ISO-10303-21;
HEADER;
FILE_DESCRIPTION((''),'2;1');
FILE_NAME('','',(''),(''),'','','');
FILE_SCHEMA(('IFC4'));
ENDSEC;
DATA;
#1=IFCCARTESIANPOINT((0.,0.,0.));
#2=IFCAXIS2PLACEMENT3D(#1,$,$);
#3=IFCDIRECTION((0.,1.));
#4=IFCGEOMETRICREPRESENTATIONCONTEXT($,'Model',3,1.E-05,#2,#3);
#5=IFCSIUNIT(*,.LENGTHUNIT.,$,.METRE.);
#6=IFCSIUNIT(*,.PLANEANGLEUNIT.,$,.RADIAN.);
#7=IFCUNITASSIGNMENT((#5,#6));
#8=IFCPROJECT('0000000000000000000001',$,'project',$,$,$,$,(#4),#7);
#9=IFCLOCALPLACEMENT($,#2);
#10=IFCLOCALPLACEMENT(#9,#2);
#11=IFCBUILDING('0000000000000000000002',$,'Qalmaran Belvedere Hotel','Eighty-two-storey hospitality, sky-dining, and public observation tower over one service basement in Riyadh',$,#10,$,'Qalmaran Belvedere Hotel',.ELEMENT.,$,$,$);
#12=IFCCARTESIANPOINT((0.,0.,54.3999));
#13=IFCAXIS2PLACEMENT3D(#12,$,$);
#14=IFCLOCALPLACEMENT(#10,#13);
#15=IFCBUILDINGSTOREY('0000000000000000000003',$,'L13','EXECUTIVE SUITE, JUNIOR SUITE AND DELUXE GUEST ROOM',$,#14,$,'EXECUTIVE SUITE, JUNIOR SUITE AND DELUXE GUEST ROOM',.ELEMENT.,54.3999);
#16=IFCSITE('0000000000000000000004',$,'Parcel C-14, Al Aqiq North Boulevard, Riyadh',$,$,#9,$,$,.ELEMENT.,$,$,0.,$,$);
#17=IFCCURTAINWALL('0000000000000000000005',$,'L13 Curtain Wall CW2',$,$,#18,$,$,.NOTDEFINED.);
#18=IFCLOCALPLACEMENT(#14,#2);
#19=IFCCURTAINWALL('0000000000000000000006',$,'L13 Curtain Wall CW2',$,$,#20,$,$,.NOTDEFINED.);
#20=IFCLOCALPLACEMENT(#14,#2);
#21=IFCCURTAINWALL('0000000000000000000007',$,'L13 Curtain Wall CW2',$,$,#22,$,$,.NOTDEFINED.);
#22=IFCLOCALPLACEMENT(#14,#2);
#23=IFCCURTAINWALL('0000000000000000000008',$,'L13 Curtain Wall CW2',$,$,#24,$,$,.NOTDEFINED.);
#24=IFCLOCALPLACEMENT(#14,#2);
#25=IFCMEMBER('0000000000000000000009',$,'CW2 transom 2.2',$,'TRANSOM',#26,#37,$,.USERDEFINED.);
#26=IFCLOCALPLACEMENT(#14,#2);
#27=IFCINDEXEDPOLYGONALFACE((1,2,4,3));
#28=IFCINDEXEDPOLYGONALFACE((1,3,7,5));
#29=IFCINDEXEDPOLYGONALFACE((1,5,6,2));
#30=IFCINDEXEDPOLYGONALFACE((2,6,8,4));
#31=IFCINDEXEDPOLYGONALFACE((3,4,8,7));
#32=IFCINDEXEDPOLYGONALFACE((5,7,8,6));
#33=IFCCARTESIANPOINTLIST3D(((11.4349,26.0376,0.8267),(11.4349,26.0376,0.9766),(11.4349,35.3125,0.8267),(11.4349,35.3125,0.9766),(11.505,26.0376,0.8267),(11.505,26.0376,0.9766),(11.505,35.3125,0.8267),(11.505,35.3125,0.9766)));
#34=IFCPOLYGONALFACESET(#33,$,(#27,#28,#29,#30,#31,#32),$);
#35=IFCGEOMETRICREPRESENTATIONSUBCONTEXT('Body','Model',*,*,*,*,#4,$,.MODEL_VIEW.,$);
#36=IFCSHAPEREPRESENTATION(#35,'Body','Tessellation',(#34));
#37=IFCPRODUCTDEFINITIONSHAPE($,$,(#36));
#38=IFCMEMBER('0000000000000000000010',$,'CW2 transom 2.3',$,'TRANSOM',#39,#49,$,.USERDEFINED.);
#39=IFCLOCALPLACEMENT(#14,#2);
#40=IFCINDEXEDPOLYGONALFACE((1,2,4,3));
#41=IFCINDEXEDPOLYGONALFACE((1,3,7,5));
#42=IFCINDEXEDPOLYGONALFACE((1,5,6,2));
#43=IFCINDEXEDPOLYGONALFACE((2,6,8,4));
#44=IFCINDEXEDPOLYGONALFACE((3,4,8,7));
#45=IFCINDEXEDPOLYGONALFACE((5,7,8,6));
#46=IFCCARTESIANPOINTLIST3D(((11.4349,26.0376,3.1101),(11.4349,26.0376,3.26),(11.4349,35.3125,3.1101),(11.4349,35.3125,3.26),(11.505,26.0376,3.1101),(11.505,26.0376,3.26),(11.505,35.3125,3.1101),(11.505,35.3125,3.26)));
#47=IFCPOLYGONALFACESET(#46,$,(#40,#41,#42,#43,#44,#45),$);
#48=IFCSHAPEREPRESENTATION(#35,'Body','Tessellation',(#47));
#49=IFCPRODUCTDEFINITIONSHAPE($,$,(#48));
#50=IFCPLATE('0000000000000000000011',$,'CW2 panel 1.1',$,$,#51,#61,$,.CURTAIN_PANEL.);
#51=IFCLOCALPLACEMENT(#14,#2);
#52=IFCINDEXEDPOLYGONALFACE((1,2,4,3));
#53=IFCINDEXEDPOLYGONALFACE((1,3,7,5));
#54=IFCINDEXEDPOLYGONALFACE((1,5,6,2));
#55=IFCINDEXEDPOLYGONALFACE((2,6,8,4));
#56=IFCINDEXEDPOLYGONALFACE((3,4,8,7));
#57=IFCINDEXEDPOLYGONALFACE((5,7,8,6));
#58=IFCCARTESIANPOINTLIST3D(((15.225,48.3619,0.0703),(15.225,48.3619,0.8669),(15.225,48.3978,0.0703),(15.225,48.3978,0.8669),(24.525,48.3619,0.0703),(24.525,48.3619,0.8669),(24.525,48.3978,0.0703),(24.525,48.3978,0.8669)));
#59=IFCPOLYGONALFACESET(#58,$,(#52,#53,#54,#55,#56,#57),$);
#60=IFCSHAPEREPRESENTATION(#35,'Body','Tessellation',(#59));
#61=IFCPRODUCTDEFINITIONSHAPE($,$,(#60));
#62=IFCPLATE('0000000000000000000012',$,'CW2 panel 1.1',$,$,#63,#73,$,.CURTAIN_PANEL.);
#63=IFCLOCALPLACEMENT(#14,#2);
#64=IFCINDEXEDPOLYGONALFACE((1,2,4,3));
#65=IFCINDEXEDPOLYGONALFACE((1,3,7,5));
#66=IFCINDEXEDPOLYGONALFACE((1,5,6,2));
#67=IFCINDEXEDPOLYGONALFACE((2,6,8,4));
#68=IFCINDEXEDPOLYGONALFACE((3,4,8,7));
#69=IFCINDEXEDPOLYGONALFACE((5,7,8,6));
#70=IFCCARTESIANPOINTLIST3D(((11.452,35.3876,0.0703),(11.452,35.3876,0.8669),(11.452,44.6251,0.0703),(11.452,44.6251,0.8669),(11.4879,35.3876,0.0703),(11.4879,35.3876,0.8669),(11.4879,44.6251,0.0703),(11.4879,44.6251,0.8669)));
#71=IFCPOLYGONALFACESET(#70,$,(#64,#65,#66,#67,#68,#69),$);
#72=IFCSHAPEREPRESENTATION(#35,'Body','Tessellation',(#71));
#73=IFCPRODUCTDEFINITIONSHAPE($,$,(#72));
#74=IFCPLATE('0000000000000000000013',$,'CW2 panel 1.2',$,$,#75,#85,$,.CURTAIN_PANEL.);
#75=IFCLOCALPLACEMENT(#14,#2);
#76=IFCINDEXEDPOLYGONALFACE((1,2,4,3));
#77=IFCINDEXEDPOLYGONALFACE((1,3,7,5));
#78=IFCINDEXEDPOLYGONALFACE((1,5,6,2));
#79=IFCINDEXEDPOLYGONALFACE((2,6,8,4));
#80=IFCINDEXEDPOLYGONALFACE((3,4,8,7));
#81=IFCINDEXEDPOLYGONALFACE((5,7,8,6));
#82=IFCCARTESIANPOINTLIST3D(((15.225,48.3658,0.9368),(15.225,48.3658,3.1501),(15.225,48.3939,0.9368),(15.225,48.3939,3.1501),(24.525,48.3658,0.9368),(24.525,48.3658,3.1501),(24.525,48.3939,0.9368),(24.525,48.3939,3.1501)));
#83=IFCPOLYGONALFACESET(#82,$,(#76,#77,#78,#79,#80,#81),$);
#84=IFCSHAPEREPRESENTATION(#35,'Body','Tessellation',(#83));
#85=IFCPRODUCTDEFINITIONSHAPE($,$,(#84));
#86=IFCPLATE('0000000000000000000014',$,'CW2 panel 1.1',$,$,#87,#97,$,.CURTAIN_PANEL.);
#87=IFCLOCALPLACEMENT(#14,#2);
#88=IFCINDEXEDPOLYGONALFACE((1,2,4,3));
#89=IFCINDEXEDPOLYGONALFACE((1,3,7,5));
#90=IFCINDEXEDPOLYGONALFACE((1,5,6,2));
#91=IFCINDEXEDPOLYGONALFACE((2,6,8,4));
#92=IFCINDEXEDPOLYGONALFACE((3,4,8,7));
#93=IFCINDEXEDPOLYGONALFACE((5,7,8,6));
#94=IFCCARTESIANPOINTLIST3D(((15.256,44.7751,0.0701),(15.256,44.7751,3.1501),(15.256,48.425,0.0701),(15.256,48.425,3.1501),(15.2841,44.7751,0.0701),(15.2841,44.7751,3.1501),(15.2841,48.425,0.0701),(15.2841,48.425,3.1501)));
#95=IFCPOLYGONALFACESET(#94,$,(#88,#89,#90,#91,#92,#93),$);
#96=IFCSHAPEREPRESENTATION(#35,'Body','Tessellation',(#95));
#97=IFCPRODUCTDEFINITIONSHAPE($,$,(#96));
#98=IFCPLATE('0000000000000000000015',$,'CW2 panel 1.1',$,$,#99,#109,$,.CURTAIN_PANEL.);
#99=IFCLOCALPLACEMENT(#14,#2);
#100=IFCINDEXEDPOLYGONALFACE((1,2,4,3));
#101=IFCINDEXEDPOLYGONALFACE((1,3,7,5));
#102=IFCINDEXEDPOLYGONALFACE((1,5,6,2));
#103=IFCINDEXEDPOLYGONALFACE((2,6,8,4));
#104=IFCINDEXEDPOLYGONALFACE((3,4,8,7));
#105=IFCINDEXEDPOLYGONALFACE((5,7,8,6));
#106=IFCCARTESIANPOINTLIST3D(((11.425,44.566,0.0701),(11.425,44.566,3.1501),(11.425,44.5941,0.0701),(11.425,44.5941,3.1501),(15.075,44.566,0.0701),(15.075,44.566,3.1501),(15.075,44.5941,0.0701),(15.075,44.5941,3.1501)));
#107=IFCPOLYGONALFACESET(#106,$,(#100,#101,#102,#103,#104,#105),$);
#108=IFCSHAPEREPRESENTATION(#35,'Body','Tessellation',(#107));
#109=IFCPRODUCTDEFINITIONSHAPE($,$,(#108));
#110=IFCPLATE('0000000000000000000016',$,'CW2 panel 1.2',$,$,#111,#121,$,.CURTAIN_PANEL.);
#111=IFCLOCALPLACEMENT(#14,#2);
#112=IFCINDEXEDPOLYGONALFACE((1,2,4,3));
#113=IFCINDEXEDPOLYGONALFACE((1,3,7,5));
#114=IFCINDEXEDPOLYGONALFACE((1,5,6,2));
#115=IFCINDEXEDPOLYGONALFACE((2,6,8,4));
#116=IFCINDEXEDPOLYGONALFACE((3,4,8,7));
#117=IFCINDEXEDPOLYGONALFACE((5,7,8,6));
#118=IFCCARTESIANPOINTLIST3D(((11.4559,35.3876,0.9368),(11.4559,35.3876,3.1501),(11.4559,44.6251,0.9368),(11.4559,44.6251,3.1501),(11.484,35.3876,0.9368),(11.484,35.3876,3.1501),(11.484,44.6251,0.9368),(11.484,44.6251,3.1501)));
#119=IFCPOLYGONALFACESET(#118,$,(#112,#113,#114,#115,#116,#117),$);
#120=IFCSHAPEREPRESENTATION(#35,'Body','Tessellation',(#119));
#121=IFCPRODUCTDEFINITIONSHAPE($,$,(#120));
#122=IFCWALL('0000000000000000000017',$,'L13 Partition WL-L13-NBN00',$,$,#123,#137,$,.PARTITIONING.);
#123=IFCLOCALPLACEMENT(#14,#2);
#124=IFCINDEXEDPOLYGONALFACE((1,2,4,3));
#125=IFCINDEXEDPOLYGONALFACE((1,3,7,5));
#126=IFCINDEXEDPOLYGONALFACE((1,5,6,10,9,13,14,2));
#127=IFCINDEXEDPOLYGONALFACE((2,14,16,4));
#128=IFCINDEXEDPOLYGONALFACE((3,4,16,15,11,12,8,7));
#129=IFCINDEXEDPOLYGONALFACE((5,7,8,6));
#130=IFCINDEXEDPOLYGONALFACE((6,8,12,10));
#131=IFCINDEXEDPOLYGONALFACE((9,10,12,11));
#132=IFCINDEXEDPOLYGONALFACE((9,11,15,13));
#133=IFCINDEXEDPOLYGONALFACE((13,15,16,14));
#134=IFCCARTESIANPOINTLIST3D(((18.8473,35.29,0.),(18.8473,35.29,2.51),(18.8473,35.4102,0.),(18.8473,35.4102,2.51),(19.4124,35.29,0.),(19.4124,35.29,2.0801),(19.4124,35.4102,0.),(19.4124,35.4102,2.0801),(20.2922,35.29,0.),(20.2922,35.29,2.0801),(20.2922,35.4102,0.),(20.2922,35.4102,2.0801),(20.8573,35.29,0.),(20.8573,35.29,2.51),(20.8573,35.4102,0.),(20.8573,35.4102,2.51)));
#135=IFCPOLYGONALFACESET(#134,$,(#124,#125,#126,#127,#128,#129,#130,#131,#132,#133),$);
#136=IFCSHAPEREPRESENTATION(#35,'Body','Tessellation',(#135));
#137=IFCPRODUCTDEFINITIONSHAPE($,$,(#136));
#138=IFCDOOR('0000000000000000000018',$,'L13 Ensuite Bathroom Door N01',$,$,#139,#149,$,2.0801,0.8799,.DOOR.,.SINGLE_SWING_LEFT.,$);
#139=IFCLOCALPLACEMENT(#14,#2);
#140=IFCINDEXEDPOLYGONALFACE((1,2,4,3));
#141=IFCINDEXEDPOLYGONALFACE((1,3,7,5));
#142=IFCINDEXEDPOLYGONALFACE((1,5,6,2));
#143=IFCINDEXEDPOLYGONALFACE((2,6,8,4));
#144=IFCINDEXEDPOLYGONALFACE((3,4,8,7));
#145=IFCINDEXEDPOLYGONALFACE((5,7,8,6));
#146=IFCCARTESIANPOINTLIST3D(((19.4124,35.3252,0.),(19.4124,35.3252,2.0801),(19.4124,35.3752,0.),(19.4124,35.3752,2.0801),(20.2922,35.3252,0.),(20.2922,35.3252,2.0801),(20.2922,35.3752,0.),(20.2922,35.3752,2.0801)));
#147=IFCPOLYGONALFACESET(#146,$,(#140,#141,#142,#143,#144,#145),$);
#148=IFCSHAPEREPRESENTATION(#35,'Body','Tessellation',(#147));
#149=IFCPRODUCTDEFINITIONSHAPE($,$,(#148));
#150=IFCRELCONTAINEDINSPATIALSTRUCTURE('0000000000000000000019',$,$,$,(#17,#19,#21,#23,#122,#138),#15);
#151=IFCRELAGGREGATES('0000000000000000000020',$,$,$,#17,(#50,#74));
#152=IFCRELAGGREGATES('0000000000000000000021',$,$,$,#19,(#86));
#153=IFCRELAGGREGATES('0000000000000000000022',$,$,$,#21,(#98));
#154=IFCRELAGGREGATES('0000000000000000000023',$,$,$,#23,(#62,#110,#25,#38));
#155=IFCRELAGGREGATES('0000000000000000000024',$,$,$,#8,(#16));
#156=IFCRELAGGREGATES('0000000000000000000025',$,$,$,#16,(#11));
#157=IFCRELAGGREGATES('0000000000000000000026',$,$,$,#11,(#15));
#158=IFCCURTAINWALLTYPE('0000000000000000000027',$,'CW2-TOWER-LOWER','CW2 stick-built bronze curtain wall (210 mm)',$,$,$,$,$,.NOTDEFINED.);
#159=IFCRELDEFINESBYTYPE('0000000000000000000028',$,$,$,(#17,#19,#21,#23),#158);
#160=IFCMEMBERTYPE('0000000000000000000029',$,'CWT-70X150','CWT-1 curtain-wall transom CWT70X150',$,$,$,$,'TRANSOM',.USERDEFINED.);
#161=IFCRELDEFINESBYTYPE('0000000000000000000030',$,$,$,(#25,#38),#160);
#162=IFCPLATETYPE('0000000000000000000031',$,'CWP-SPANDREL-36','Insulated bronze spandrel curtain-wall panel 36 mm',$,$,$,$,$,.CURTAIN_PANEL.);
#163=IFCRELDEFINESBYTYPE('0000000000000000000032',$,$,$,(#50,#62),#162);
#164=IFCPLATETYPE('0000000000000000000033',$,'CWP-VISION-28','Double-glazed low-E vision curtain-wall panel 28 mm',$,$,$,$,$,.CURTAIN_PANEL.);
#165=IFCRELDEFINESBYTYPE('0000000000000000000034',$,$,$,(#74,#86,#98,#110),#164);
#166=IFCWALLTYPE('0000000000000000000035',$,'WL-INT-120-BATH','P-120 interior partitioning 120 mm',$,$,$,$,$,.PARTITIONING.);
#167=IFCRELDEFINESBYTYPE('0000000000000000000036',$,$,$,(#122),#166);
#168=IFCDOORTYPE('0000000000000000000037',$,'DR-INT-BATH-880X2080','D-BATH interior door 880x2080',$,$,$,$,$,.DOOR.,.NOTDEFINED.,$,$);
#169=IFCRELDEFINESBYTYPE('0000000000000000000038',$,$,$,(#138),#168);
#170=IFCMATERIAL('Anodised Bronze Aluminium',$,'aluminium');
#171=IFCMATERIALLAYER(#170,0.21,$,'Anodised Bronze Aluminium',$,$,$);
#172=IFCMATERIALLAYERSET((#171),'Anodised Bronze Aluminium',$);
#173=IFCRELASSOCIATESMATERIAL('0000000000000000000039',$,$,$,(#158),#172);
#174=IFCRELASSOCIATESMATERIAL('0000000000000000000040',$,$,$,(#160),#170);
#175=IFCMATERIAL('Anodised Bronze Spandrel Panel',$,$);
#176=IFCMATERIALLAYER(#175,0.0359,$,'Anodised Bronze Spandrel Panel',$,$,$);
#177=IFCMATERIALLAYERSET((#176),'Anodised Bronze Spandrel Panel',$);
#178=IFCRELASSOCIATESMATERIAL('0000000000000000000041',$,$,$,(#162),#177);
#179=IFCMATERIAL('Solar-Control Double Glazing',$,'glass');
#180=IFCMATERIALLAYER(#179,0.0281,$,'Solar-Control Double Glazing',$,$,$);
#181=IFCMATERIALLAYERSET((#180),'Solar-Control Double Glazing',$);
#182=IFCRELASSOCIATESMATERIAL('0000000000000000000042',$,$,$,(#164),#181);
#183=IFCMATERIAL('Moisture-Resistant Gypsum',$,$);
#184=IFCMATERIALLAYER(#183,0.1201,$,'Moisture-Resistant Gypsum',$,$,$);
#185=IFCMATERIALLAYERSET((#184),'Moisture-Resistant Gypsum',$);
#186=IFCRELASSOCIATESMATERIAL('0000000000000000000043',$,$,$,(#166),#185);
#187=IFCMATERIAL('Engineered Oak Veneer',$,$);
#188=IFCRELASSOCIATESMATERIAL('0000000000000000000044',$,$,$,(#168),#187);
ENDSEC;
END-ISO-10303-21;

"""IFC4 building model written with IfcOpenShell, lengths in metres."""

from ifc_helpers import new_model, si_unit, direction, frame, frame_2d, origin, origin_2d, place, context, subcontext, project, spatial, rectangle, extrude, material, layer, layer_set, material_profile, profile_set, type_object, element, fill, aggregate, save


model = new_model("IFC4")

# Units and contexts
model_context = context("Model", 3, precision=1e-05, world=origin(), true_north=direction((0.0, 1.0)))
body_context = subcontext(model_context, "Body", "Model", "MODEL_VIEW")
ifc_project = project(units=[si_unit("LENGTHUNIT", "METRE"), si_unit("PLANEANGLEUNIT", "RADIAN")], contexts=[model_context])

# Site, building, storey
site_placement = place(None, origin())
site = spatial("IfcSite", under=ifc_project, at=site_placement, Name="Parcel C-14, Al Aqiq North Boulevard, Riyadh", CompositionType="ELEMENT", RefElevation=0.0)
building_placement = place(site_placement, origin())
building = spatial("IfcBuilding", under=site, at=building_placement, Name="Qalmaran Belvedere Hotel", Description="Eighty-two-storey hospitality, sky-dining, and public observation tower over one service basement in Riyadh", LongName="Qalmaran Belvedere Hotel", CompositionType="ELEMENT")
storey_placement = place(building_placement, frame((0.0, 0.0, 54.3999)))
storey = spatial("IfcBuildingStorey", under=building, at=storey_placement, Name="L13", Description="EXECUTIVE SUITE, JUNIOR SUITE AND DELUXE GUEST ROOM", LongName="EXECUTIVE SUITE, JUNIOR SUITE AND DELUXE GUEST ROOM", CompositionType="ELEMENT", Elevation=54.3999)

# Curtain wall
ifc_material_1 = material(Name="Anodised Bronze Aluminium", Category="aluminium")
ifc_layer_1 = layer(ifc_material_1, 0.21, Name="Anodised Bronze Aluminium")
ifc_layer_set_1 = layer_set([ifc_layer_1], Name="Anodised Bronze Aluminium")
curtain_wall_type = type_object("IfcCurtainWallType", Name="CW2-TOWER-LOWER", Description="CW2 stick-built bronze curtain wall (210 mm)", PredefinedType="NOTDEFINED", material=ifc_layer_set_1)
curtain_wall_1_placement = place(storey_placement, origin())
curtain_wall_1 = element("IfcCurtainWall", 1, at=curtain_wall_1_placement, inside=storey, type_object=curtain_wall_type, Name="L13 Curtain Wall CW2", PredefinedType="NOTDEFINED")

# Curtain walls
curtain_wall_2_placement = place(storey_placement, origin())
curtain_wall_2 = element("IfcCurtainWall", 2, at=curtain_wall_2_placement, inside=storey, type_object=curtain_wall_type, Name="L13 Curtain Wall CW2", PredefinedType="NOTDEFINED")
curtain_wall_3_placement = place(storey_placement, origin())
curtain_wall_3 = element("IfcCurtainWall", 3, at=curtain_wall_3_placement, inside=storey, type_object=curtain_wall_type, Name="L13 Curtain Wall CW2", PredefinedType="NOTDEFINED")
curtain_wall_4_placement = place(storey_placement, origin())
curtain_wall_4 = element("IfcCurtainWall", 4, at=curtain_wall_4_placement, inside=storey, type_object=curtain_wall_type, Name="L13 Curtain Wall CW2", PredefinedType="NOTDEFINED")

# Members
ifc_material_profile_1 = material_profile(ifc_material_1, rectangle(XDim=0.0701, YDim=0.1499, at=origin_2d()), Name="CWT70X150")
ifc_profile_set_1 = profile_set([ifc_material_profile_1], Name="Anodised Bronze Aluminium")
member_type_1 = type_object("IfcMemberType", Name="CWT-70X150", Description="CWT-1 curtain-wall transom CWT70X150", ElementType="TRANSOM", PredefinedType="USERDEFINED", material=ifc_profile_set_1)
member_1_placement = place(storey_placement, frame((11.47, 35.3125, 0.9016), z_axis=(0.0, -1.0, 0.0), x_axis=(1.0, 0.0, 0.0)))
member_1 = element("IfcMember", 5, at=member_1_placement, type_object=member_type_1, Name="CW2 transom 2.2", ObjectType="TRANSOM", PredefinedType="USERDEFINED", context=body_context, shape_type="SweptSolid", body=[
    extrude(rectangle(XDim=0.0701, YDim=0.1499, at=origin_2d()), origin(), (0.0, 0.0, 1.0), 9.2749),
])
member_2_placement = place(storey_placement, frame((11.47, 35.3125, 3.1851), z_axis=(0.0, -1.0, 0.0), x_axis=(1.0, 0.0, 0.0)))
member_2 = element("IfcMember", 6, at=member_2_placement, type_object=member_type_1, Name="CW2 transom 2.3", ObjectType="TRANSOM", PredefinedType="USERDEFINED", context=body_context, shape_type="SweptSolid", body=[
    extrude(rectangle(XDim=0.0701, YDim=0.1499, at=origin_2d()), origin(), (0.0, 0.0, 1.0), 9.2749),
])

# Plates
ifc_material_2 = material(Name="Anodised Bronze Spandrel Panel")
ifc_layer_2 = layer(ifc_material_2, 0.0359, Name="Anodised Bronze Spandrel Panel")
ifc_layer_set_2 = layer_set([ifc_layer_2], Name="Anodised Bronze Spandrel Panel")
plate_type_1 = type_object("IfcPlateType", Name="CWP-SPANDREL-36", Description="Insulated bronze spandrel curtain-wall panel 36 mm", PredefinedType="CURTAIN_PANEL", material=ifc_layer_set_2)
plate_1_placement = place(storey_placement, frame((19.875, 48.3799, 0.0703), z_axis=(0.0, 0.0, 1.0), x_axis=(-1.0, 0.0, 0.0)))
plate_1 = element("IfcPlate", 7, at=plate_1_placement, type_object=plate_type_1, Name="CW2 panel 1.1", PredefinedType="CURTAIN_PANEL", context=body_context, shape_type="SweptSolid", body=[
    extrude(rectangle(XDim=9.3, YDim=0.0359, at=origin_2d()), origin(), (0.0, 0.0, 1.0), 0.7966),
])
plate_2_placement = place(storey_placement, frame((11.47, 40.0063, 0.0703), z_axis=(0.0, 0.0, 1.0), x_axis=(0.0, -1.0, 0.0)))
plate_2 = element("IfcPlate", 8, at=plate_2_placement, type_object=plate_type_1, Name="CW2 panel 1.1", PredefinedType="CURTAIN_PANEL", context=body_context, shape_type="SweptSolid", body=[
    extrude(rectangle(XDim=9.2375, YDim=0.0359, at=origin_2d()), origin(), (0.0, 0.0, 1.0), 0.7966),
])
ifc_material_3 = material(Name="Solar-Control Double Glazing", Category="glass")
ifc_layer_3 = layer(ifc_material_3, 0.0281, Name="Solar-Control Double Glazing")
ifc_layer_set_3 = layer_set([ifc_layer_3], Name="Solar-Control Double Glazing")
plate_type_2 = type_object("IfcPlateType", Name="CWP-VISION-28", Description="Double-glazed low-E vision curtain-wall panel 28 mm", PredefinedType="CURTAIN_PANEL", material=ifc_layer_set_3)
plate_3_placement = place(storey_placement, frame((19.875, 48.3799, 0.9368), z_axis=(0.0, 0.0, 1.0), x_axis=(-1.0, 0.0, 0.0)))
plate_3 = element("IfcPlate", 9, at=plate_3_placement, type_object=plate_type_2, Name="CW2 panel 1.2", PredefinedType="CURTAIN_PANEL", context=body_context, shape_type="SweptSolid", body=[
    extrude(rectangle(XDim=9.3, YDim=0.0281, at=origin_2d()), origin(), (0.0, 0.0, 1.0), 2.2134),
])
aggregate(curtain_wall_1, [plate_1, plate_3])
plate_4_placement = place(storey_placement, frame((15.27, 46.6001, 0.0701), z_axis=(0.0, 0.0, 1.0), x_axis=(0.0, -1.0, 0.0)))
plate_4 = element("IfcPlate", 10, at=plate_4_placement, type_object=plate_type_2, Name="CW2 panel 1.1", PredefinedType="CURTAIN_PANEL", context=body_context, shape_type="SweptSolid", body=[
    extrude(rectangle(XDim=3.6499, YDim=0.0281, at=origin_2d()), origin(), (0.0, 0.0, 1.0), 3.0801),
])
aggregate(curtain_wall_2, [plate_4])
plate_5_placement = place(storey_placement, frame((13.25, 44.5801, 0.0701), z_axis=(0.0, 0.0, 1.0), x_axis=(-1.0, 0.0, 0.0)))
plate_5 = element("IfcPlate", 11, at=plate_5_placement, type_object=plate_type_2, Name="CW2 panel 1.1", PredefinedType="CURTAIN_PANEL", context=body_context, shape_type="SweptSolid", body=[
    extrude(rectangle(XDim=3.6499, YDim=0.0281, at=origin_2d()), origin(), (0.0, 0.0, 1.0), 3.0801),
])
aggregate(curtain_wall_3, [plate_5])
plate_6_placement = place(storey_placement, frame((11.47, 40.0063, 0.9368), z_axis=(0.0, 0.0, 1.0), x_axis=(0.0, -1.0, 0.0)))
plate_6 = element("IfcPlate", 12, at=plate_6_placement, type_object=plate_type_2, Name="CW2 panel 1.2", PredefinedType="CURTAIN_PANEL", context=body_context, shape_type="SweptSolid", body=[
    extrude(rectangle(XDim=9.2375, YDim=0.0281, at=origin_2d()), origin(), (0.0, 0.0, 1.0), 2.2134),
])
aggregate(curtain_wall_4, [plate_2, plate_6, member_1, member_2])

# Wall, opening, door
ifc_material_4 = material(Name="Moisture-Resistant Gypsum")
ifc_layer_4 = layer(ifc_material_4, 0.1201, Name="Moisture-Resistant Gypsum")
ifc_layer_set_4 = layer_set([ifc_layer_4], Name="Moisture-Resistant Gypsum")
wall_type = type_object("IfcWallType", Name="WL-INT-120-BATH", Description="P-120 interior partitioning 120 mm", PredefinedType="PARTITIONING", material=ifc_layer_set_4)
wall_placement = place(storey_placement, frame((18.8474, 35.3501, 0.0), z_axis=(0.0, 0.0, 1.0), x_axis=(1.0, 0.0, 0.0)))
wall = element("IfcWall", 13, at=wall_placement, inside=storey, type_object=wall_type, Name="L13 Partition WL-L13-NBN00", PredefinedType="PARTITIONING", context=body_context, shape_type="SweptSolid", body=[
    extrude(rectangle(XDim=2.01, YDim=0.1201, at=frame_2d((1.0049, 0.0))), origin(), (0.0, 0.0, 1.0), 2.51),
])
opening_placement = place(wall_placement, frame((1.4448, 0.0, 0.0), z_axis=(0.0, 0.0, 1.0), x_axis=(-1.0, 0.0, 0.0)))
opening = element("IfcOpeningElement", 14, at=opening_placement, cuts=wall, PredefinedType="OPENING", context=body_context, shape_type="SweptSolid", body=[
    extrude(rectangle(XDim=0.8799, YDim=2.0801, at=frame_2d((0.4399, 1.04))), frame((0.0, 0.0701, 0.0), z_axis=(0.0, -1.0, 0.0), x_axis=(1.0, 0.0, 0.0)), (0.0, 0.0, 1.0), 0.1401),
])
ifc_material_5 = material(Name="Engineered Oak Veneer")
door_type = type_object("IfcDoorType", Name="DR-INT-BATH-880X2080", Description="D-BATH interior door 880x2080", OperationType="NOTDEFINED", PredefinedType="DOOR", material=ifc_material_5)
door_placement = place(opening_placement, origin())
door = element("IfcDoor", 15, at=door_placement, inside=storey, type_object=door_type, Name="L13 Ensuite Bathroom Door N01", OperationType="SINGLE_SWING_LEFT", OverallHeight=2.0801, OverallWidth=0.8799, PredefinedType="DOOR", context=body_context, shape_type="SweptSolid", body=[
    extrude(rectangle(XDim=0.8799, YDim=2.0801, at=frame_2d((0.4399, 1.04))), frame((0.0, 0.0249, 0.0), z_axis=(0.0, -1.0, 0.0), x_axis=(1.0, 0.0, 0.0)), (0.0, 0.0, 1.0), 0.05),
])
fill(opening, door)

save(model, "model.ifc")
